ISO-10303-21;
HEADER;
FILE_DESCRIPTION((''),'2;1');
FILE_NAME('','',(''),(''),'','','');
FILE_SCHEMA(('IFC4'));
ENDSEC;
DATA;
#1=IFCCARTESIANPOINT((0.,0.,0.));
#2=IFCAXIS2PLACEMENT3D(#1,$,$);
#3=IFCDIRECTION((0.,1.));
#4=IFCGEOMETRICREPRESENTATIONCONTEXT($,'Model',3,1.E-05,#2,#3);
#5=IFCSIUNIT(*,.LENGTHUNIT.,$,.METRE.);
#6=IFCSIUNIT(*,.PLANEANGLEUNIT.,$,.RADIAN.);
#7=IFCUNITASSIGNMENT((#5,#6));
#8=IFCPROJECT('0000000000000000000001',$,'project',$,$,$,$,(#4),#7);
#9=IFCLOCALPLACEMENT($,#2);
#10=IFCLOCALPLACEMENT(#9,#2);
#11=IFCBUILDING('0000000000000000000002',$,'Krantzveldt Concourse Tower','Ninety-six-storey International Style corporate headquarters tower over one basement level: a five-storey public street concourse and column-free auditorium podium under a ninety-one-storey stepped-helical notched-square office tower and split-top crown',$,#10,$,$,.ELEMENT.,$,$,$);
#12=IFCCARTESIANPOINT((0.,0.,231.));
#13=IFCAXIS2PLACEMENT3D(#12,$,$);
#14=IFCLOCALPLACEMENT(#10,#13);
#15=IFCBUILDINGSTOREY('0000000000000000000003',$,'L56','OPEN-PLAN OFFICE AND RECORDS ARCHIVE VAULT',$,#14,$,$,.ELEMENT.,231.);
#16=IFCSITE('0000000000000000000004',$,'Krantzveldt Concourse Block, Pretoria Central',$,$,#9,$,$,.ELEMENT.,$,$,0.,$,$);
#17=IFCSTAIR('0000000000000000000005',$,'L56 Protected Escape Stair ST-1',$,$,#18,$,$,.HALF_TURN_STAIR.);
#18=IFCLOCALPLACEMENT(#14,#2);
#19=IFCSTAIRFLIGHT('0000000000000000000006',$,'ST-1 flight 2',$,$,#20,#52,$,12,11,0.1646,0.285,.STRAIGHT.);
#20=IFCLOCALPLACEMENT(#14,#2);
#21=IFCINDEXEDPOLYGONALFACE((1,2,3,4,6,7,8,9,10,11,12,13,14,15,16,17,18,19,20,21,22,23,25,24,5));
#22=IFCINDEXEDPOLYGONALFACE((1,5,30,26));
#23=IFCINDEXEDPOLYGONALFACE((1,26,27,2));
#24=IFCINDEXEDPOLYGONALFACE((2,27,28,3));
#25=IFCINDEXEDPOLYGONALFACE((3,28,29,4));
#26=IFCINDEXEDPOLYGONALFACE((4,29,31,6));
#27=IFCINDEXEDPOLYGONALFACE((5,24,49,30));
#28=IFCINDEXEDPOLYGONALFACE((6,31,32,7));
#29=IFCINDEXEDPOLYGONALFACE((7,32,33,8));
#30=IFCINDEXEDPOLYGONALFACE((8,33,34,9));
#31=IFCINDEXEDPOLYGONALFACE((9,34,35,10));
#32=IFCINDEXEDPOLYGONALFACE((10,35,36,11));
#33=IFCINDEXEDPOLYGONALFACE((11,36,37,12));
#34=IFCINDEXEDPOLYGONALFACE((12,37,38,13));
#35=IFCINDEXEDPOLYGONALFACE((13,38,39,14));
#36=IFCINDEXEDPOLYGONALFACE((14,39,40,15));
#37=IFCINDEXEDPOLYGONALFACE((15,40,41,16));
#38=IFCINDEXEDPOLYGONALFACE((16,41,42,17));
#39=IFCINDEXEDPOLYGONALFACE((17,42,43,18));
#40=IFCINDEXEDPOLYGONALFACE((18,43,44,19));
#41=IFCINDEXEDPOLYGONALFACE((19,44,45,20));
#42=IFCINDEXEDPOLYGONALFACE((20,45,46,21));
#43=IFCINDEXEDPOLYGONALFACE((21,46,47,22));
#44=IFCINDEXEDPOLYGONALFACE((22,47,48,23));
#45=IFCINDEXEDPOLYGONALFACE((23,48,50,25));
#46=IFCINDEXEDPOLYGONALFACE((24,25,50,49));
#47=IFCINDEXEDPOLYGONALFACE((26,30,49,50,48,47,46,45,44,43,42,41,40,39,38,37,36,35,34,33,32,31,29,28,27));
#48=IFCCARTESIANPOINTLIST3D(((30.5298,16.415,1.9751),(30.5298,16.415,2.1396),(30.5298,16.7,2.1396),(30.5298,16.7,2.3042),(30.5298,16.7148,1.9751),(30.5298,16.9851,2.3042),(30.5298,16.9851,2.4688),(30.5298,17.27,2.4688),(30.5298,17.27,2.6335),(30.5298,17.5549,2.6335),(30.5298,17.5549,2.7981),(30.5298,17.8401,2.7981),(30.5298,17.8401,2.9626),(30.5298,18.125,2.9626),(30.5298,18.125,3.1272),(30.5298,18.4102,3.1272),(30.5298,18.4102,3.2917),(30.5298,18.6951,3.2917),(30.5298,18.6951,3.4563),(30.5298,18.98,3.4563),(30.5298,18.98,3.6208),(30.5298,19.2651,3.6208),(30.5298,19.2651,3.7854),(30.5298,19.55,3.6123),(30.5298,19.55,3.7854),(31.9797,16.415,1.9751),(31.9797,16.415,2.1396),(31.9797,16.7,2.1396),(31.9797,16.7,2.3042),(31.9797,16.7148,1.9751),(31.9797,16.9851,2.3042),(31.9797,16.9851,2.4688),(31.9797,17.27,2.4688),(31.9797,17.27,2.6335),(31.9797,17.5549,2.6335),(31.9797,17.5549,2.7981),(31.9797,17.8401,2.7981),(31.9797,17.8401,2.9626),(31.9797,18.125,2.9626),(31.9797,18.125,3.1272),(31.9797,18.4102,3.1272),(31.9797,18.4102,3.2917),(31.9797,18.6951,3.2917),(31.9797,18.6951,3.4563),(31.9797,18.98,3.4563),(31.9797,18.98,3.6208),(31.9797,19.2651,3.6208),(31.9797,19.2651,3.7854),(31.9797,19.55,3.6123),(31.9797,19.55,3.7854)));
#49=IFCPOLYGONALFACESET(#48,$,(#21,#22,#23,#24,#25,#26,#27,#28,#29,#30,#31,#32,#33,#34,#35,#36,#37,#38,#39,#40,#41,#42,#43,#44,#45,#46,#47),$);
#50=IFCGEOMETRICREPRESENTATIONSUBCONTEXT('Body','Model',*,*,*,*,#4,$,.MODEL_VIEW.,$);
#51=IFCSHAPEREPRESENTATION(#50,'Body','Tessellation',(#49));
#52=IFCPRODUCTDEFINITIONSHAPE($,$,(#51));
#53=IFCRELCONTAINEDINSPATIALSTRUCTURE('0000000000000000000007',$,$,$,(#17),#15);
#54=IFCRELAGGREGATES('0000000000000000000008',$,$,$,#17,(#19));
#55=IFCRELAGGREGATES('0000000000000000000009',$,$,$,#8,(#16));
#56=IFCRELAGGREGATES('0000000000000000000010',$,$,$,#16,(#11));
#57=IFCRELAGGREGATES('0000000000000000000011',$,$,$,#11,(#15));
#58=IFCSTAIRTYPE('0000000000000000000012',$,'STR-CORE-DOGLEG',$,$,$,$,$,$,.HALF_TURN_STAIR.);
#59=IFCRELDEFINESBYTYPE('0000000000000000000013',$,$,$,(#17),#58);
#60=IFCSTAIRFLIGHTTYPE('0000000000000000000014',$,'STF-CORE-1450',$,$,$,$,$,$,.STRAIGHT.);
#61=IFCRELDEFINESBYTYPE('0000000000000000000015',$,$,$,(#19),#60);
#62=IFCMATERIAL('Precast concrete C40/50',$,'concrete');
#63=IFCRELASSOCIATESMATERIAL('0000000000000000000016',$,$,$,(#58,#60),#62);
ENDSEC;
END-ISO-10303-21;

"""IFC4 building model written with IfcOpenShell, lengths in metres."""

from ifc_helpers import new_model, si_unit, direction, frame, origin, place, context, subcontext, project, spatial, polyline, outline, extrude, material, type_object, element, aggregate, save


model = new_model("IFC4")

# Units and contexts
model_context = context("Model", 3, precision=1e-05, world=origin(), true_north=direction((0.0, 1.0)))
body_context = subcontext(model_context, "Body", "Model", "MODEL_VIEW")
ifc_project = project(units=[si_unit("LENGTHUNIT", "METRE"), si_unit("PLANEANGLEUNIT", "RADIAN")], contexts=[model_context])

# Site, building, storey
site_placement = place(None, origin())
site = spatial("IfcSite", under=ifc_project, at=site_placement, Name="Krantzveldt Concourse Block, Pretoria Central", CompositionType="ELEMENT", RefElevation=0.0)
building_placement = place(site_placement, origin())
building = spatial("IfcBuilding", under=site, at=building_placement, Name="Krantzveldt Concourse Tower", Description="Ninety-six-storey International Style corporate headquarters tower over one basement level: a five-storey public street concourse and column-free auditorium podium under a ninety-one-storey stepped-helical notched-square office tower and split-top crown", CompositionType="ELEMENT")
storey_placement = place(building_placement, frame((0.0, 0.0, 231.0)))
storey = spatial("IfcBuildingStorey", under=building, at=storey_placement, Name="L56", Description="OPEN-PLAN OFFICE AND RECORDS ARCHIVE VAULT", CompositionType="ELEMENT", Elevation=231.0)

# Stair, stair flight
ifc_material_1 = material(Name="Precast concrete C40/50", Category="concrete")
stair_type = type_object("IfcStairType", Name="STR-CORE-DOGLEG", PredefinedType="HALF_TURN_STAIR", material=ifc_material_1)
stair_placement = place(storey_placement, origin())
stair = element("IfcStair", 1, at=stair_placement, inside=storey, type_object=stair_type, Name="L56 Protected Escape Stair ST-1", PredefinedType="HALF_TURN_STAIR")
stair_flight_type = type_object("IfcStairFlightType", Name="STF-CORE-1450", PredefinedType="STRAIGHT", material=ifc_material_1)
stair_flight_1_placement = place(storey_placement, frame((31.2549, 16.415, 1.9751), z_axis=(0.0, 0.0, 1.0), x_axis=(0.0, 1.0, 0.0)))
stair_flight_1 = element("IfcStairFlight", 2, at=stair_flight_1_placement, type_object=stair_flight_type, Name="ST-1 flight 2", NumberOfRisers=12, NumberOfTreads=11, PredefinedType="STRAIGHT", RiserHeight=0.1646, TreadLength=0.285, context=body_context, shape_type="SweptSolid", body=[
    extrude(outline(polyline([(0.0, 0.0), (0.0, 0.1646), (0.2849, 0.1646), (0.2849, 0.3291), (0.5701, 0.3291), (0.5701, 0.4937), (0.855, 0.4937), (0.855, 0.6584), (1.1399, 0.6584), (1.1399, 0.823), (1.425, 0.823), (1.425, 0.9875), (1.71, 0.9875), (1.71, 1.1521), (1.9951, 1.1521), (1.9951, 1.3167), (2.28, 1.3167), (2.28, 1.4812), (2.5649, 1.4812), (2.5649, 1.6458), (2.8501, 1.6458), (2.8501, 1.8103), (3.135, 1.8103), (3.135, 1.9751), (3.135, 1.6372), (0.2998, 0.0), (0.0, 0.0)])), frame((0.0, 0.7251, 0.0), z_axis=(0.0, -1.0, 0.0), x_axis=(1.0, 0.0, 0.0)), (0.0, 0.0, 1.0), 1.45),
])
aggregate(stair, [stair_flight_1])

save(model, "model.ifc")
